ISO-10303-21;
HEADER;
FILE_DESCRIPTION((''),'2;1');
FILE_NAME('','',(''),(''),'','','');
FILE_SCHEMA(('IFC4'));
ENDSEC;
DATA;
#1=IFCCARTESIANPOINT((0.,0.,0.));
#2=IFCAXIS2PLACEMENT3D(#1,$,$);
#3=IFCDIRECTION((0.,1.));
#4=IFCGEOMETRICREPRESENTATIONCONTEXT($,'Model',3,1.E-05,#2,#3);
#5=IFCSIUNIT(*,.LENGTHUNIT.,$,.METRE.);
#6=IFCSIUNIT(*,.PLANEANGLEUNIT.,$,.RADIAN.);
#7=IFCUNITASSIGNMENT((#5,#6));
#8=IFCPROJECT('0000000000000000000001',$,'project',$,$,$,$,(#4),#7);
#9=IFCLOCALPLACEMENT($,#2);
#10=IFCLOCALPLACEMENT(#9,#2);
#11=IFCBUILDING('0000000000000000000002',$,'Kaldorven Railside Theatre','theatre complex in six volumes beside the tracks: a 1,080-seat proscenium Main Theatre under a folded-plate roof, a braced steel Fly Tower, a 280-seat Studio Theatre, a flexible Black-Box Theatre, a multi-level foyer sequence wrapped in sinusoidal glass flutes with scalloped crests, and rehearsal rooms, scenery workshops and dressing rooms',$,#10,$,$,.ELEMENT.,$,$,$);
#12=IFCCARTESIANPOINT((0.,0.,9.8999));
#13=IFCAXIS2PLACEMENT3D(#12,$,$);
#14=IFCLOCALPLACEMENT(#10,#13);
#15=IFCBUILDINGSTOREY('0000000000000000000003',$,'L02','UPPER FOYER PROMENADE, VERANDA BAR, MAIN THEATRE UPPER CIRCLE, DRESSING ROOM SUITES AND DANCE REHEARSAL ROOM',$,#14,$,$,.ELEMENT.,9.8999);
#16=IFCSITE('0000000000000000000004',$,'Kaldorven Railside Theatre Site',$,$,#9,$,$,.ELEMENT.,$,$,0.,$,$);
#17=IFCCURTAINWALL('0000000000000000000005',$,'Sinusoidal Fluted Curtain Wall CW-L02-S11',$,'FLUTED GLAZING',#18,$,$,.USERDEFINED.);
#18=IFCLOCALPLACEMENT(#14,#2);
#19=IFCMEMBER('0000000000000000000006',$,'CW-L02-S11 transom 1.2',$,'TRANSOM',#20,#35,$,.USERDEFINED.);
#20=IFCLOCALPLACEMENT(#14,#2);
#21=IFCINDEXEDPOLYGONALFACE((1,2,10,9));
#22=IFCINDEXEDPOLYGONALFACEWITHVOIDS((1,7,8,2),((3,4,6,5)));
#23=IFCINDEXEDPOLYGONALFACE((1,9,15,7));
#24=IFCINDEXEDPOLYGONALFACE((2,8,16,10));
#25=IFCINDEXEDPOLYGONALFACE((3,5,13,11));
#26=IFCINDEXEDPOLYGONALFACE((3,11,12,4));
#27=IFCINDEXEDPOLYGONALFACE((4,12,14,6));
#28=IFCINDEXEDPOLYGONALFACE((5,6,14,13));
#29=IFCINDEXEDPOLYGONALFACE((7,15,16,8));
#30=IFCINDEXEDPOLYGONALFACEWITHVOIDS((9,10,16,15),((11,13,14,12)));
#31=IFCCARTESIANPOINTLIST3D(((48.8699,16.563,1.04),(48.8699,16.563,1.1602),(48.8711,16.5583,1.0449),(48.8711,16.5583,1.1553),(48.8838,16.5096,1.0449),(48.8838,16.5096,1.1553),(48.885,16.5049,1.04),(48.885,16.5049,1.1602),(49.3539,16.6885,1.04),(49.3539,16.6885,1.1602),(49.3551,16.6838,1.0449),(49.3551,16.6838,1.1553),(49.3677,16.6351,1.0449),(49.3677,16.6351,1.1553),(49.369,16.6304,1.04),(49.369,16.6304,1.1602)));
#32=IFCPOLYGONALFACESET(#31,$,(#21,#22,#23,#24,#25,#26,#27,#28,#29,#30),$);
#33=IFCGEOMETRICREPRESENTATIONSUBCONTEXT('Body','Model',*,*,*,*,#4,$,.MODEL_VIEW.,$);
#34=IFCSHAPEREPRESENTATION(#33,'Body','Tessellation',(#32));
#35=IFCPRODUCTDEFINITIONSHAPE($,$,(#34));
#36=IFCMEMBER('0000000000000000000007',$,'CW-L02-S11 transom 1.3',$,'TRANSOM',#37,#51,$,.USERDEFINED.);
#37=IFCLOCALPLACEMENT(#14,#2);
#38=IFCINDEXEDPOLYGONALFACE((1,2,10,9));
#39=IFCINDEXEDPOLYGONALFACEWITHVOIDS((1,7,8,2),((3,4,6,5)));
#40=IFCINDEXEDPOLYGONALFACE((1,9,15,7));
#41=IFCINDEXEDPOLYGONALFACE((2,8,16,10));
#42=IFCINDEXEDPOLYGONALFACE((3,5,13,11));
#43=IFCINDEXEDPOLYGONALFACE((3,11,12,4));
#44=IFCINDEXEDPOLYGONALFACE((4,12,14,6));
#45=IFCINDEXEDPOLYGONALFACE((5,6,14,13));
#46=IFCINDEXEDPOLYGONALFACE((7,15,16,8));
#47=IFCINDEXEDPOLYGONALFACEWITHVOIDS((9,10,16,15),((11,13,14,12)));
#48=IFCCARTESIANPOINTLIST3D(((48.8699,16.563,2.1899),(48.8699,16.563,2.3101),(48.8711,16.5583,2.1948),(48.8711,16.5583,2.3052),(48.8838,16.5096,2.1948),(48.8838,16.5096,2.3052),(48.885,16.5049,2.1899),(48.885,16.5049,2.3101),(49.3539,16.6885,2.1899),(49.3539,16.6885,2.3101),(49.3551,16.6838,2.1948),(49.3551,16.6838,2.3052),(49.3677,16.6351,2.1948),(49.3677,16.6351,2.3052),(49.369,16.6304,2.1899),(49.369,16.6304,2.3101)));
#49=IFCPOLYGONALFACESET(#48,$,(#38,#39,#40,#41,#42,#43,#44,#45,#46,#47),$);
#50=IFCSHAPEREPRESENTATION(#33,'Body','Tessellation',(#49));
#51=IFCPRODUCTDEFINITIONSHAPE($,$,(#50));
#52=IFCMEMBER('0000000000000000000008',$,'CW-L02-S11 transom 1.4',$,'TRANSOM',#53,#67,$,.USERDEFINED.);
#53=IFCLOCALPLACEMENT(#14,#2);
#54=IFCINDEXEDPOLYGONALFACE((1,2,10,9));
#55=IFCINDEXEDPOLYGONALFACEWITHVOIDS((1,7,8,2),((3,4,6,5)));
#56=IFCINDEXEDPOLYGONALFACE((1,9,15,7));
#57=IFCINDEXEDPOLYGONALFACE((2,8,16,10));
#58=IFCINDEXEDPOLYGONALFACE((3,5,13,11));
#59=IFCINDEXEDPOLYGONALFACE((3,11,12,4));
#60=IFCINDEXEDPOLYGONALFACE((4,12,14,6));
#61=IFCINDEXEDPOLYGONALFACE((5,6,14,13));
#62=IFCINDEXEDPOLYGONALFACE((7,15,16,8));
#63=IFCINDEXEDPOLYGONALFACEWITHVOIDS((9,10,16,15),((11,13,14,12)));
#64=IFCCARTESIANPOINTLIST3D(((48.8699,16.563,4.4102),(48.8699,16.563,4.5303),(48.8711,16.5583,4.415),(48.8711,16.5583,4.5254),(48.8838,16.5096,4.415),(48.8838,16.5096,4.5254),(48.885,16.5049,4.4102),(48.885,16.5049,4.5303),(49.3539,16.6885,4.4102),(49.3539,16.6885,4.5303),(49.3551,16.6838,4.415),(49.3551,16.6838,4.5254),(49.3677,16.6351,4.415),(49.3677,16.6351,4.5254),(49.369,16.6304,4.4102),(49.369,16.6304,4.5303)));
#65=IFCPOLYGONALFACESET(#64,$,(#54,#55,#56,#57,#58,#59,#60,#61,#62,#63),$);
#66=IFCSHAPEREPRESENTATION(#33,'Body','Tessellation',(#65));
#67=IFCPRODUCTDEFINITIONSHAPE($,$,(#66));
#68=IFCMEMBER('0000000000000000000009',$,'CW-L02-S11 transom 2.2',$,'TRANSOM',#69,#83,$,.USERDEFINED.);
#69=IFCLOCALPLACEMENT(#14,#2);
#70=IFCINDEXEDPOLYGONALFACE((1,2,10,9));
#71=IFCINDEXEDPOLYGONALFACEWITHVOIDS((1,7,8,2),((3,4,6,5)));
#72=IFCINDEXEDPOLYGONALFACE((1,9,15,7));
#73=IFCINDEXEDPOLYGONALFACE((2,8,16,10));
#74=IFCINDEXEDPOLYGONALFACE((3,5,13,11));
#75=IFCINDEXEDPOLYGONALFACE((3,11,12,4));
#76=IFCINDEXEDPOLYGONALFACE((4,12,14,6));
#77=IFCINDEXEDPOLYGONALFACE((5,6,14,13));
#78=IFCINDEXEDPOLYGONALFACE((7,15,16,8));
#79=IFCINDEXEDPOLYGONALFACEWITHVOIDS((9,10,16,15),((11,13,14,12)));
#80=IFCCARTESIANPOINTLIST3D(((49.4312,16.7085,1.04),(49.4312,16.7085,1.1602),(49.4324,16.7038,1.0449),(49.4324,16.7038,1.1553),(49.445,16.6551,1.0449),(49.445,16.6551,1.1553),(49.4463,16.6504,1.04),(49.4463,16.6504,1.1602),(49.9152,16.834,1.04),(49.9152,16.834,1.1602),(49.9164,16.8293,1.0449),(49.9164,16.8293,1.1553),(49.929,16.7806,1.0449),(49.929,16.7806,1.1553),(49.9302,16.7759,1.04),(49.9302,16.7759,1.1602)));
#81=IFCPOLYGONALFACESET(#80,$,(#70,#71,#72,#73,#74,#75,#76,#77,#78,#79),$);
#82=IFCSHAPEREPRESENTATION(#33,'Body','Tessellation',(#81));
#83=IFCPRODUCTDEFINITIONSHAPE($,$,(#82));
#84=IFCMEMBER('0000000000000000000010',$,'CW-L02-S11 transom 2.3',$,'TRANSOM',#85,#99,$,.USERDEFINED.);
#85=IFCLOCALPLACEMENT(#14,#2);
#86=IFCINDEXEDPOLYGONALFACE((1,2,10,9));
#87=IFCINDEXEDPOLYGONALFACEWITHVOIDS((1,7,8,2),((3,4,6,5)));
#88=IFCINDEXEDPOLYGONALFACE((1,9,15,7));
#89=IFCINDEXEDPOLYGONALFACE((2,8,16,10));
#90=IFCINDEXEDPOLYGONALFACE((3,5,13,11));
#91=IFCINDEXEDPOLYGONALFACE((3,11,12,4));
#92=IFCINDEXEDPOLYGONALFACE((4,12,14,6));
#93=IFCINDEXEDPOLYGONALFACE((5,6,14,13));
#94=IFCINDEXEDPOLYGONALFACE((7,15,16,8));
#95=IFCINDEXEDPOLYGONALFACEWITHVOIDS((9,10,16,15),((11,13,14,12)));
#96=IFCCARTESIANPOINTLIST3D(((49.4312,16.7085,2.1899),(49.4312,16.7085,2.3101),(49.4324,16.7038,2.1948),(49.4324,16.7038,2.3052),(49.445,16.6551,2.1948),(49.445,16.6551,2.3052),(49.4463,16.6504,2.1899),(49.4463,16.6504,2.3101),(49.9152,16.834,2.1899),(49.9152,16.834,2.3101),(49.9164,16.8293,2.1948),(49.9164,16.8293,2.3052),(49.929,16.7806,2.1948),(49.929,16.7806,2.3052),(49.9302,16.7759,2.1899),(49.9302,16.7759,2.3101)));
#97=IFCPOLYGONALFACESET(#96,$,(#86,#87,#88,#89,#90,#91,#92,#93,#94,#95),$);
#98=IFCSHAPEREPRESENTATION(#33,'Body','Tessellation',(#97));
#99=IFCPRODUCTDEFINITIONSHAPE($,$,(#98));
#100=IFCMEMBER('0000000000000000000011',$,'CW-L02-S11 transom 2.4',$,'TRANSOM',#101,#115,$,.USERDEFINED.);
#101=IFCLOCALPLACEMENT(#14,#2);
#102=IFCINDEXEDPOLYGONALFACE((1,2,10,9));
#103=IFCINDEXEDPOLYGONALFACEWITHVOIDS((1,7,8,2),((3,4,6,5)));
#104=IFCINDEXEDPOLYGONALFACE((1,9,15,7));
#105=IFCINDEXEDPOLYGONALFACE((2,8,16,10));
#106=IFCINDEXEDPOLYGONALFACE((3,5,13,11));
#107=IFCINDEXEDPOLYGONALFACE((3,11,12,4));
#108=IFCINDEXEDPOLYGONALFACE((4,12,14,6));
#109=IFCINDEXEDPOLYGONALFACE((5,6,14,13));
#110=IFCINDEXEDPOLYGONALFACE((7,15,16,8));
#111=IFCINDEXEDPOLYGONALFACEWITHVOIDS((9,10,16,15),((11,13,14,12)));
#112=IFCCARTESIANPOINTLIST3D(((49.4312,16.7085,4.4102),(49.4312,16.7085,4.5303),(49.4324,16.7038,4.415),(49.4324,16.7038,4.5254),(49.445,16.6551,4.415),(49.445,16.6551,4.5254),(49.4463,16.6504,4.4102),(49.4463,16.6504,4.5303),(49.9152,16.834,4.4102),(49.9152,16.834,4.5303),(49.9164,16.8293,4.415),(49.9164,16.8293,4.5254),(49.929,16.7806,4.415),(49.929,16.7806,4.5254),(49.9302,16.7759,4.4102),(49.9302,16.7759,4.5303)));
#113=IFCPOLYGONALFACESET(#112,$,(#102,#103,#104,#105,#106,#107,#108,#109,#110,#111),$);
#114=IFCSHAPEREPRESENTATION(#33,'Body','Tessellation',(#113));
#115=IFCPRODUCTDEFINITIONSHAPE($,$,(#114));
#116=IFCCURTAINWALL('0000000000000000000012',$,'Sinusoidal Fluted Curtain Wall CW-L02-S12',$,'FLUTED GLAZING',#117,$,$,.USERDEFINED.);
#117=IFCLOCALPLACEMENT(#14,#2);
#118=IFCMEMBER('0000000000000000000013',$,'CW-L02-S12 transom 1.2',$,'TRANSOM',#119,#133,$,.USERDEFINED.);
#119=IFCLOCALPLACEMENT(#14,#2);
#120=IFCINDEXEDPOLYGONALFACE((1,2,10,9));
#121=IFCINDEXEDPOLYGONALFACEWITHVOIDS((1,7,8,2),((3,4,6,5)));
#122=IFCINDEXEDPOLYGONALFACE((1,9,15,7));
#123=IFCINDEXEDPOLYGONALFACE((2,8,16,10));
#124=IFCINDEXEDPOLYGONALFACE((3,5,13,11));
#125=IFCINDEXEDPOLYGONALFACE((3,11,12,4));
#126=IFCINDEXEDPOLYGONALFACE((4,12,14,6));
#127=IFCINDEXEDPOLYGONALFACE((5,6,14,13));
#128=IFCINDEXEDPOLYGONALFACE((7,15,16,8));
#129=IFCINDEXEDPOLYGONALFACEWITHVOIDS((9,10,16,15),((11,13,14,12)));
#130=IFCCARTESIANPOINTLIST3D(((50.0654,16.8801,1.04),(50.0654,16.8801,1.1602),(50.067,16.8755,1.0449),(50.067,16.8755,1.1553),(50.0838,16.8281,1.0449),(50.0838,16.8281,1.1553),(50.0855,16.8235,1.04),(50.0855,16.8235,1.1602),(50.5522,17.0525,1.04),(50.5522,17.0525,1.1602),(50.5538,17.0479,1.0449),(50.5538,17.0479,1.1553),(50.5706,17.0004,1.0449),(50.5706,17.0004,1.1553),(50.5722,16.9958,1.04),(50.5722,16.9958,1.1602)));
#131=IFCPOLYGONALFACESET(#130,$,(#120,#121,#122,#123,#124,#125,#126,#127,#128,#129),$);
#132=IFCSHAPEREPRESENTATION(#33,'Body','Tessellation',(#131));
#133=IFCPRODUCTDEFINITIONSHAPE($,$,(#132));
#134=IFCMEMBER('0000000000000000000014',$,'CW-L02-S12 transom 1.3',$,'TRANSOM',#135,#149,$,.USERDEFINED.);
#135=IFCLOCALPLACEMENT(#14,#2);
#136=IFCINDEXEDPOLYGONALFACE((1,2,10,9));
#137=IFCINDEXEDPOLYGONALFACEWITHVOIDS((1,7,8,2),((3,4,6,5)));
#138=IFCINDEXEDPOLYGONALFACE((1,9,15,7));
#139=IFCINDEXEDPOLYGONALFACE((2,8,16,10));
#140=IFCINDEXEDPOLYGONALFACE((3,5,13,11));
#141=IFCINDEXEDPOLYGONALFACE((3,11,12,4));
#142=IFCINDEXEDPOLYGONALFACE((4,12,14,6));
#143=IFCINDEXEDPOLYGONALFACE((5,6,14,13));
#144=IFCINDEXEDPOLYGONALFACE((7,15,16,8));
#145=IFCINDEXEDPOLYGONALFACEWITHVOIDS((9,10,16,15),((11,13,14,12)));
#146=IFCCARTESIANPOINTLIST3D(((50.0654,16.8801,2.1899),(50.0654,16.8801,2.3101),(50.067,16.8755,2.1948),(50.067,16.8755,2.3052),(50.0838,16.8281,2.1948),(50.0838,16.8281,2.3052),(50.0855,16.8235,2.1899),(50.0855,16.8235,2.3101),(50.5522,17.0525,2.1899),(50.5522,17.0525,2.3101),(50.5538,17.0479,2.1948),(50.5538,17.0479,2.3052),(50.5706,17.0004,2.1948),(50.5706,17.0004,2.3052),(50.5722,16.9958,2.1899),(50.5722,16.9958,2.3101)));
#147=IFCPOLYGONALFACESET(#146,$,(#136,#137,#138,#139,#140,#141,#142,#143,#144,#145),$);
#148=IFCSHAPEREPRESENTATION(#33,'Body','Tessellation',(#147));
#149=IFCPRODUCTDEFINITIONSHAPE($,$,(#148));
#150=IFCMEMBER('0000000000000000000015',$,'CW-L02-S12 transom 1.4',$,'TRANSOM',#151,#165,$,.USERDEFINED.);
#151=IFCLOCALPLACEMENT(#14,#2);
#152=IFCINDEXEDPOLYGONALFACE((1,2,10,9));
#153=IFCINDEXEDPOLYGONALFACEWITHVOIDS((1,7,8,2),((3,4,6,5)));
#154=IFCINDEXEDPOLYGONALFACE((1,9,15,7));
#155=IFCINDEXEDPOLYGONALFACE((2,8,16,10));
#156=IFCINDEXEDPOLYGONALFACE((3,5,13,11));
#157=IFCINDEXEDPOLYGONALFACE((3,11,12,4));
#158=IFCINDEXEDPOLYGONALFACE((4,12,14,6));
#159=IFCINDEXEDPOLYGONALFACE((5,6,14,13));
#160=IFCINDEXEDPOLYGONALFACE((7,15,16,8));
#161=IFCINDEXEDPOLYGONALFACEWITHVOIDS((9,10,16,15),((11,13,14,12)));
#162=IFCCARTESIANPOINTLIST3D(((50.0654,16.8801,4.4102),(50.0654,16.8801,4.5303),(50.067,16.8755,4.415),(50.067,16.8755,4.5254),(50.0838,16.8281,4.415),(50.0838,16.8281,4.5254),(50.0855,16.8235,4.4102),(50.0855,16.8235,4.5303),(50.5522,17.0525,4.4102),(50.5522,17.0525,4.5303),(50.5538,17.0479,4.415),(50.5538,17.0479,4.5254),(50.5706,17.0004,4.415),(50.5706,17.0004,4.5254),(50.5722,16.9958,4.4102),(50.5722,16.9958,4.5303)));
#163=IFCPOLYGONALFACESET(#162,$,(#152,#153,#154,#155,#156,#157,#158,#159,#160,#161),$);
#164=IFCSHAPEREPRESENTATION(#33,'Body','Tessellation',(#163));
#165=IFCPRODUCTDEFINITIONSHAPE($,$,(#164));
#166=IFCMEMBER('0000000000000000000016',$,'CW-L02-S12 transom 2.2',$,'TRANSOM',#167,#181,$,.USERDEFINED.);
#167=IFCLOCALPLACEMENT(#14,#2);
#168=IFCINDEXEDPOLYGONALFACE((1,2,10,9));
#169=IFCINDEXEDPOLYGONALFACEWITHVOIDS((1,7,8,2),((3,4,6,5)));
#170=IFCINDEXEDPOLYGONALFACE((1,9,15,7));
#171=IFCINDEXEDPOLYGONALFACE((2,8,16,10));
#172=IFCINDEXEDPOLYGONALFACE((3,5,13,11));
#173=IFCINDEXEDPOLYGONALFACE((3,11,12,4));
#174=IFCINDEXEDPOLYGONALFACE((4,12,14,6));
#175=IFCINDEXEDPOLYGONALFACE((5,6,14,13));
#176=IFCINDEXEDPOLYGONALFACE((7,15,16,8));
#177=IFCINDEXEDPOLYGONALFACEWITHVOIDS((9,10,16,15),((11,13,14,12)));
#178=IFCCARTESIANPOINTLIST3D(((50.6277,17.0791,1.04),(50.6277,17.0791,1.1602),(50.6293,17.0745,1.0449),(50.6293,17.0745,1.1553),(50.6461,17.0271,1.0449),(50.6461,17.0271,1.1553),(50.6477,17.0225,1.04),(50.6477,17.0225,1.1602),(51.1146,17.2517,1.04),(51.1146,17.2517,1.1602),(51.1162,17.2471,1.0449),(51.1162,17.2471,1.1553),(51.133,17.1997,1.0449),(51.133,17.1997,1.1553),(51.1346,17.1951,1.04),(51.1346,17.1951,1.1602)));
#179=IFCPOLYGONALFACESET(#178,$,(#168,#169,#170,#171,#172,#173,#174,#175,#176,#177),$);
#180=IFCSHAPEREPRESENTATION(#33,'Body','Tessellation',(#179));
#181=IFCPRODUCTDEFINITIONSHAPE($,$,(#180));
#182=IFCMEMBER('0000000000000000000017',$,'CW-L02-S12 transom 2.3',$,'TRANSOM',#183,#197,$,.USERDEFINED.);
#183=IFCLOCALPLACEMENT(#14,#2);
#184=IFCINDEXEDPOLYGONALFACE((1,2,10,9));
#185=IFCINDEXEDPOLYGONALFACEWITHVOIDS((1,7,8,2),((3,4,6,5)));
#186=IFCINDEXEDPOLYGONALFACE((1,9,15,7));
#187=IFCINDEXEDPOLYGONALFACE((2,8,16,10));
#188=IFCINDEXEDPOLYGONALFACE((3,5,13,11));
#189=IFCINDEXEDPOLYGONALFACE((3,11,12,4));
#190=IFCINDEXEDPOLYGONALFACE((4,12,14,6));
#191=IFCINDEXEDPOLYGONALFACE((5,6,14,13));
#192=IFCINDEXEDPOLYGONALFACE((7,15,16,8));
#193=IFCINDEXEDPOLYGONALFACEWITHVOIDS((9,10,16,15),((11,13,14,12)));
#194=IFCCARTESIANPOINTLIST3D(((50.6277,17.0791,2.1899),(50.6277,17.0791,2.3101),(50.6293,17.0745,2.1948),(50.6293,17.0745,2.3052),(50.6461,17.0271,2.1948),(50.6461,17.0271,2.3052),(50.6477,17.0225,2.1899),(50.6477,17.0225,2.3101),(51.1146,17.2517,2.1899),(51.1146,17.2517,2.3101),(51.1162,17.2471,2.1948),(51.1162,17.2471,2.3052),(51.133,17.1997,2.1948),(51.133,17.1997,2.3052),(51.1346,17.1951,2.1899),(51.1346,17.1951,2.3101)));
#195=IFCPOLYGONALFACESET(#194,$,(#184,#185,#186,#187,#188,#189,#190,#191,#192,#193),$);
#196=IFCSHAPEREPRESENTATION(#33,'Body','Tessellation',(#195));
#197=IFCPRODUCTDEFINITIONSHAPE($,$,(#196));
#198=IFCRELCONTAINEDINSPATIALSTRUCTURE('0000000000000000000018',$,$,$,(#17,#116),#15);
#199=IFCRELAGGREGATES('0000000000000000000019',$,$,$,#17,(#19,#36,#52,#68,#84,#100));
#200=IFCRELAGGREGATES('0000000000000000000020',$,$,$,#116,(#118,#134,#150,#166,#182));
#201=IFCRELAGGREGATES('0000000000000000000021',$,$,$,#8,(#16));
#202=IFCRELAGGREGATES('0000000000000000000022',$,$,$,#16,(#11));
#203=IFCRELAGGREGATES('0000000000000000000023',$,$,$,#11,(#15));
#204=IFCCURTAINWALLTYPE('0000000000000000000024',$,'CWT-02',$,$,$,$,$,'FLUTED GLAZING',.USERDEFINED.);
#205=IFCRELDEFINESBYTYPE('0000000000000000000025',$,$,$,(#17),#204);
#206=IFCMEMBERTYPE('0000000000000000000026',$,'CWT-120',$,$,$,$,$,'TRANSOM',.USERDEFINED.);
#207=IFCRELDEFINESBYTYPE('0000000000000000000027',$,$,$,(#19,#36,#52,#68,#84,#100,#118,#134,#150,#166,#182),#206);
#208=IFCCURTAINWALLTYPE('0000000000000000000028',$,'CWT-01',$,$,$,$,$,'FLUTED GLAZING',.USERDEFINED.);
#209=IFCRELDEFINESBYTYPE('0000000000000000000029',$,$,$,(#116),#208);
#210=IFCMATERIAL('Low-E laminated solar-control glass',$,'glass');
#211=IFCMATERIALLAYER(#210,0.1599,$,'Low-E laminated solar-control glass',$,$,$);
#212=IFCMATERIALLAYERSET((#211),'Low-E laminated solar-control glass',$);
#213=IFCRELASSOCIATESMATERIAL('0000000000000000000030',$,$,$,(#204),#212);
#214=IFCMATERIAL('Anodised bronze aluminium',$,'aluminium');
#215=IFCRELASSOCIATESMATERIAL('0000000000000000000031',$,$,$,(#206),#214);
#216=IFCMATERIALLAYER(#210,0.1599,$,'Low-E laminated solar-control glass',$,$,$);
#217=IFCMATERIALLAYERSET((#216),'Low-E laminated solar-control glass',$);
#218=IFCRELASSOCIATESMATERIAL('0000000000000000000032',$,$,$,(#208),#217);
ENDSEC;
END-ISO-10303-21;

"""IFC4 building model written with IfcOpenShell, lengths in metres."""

from ifc_helpers import new_model, si_unit, direction, frame, origin, origin_2d, place, context, subcontext, project, spatial, hollow_rectangle, extrude, material, layer, layer_set, material_profile, profile_set, type_object, element, aggregate, save


model = new_model("IFC4")

# Units and contexts
model_context = context("Model", 3, precision=1e-05, world=origin(), true_north=direction((0.0, 1.0)))
body_context = subcontext(model_context, "Body", "Model", "MODEL_VIEW")
ifc_project = project(units=[si_unit("LENGTHUNIT", "METRE"), si_unit("PLANEANGLEUNIT", "RADIAN")], contexts=[model_context])

# Site, building, storey
site_placement = place(None, origin())
site = spatial("IfcSite", under=ifc_project, at=site_placement, Name="Kaldorven Railside Theatre Site", CompositionType="ELEMENT", RefElevation=0.0)
building_placement = place(site_placement, origin())
building = spatial("IfcBuilding", under=site, at=building_placement, Name="Kaldorven Railside Theatre", Description="theatre complex in six volumes beside the tracks: a 1,080-seat proscenium Main Theatre under a folded-plate roof, a braced steel Fly Tower, a 280-seat Studio Theatre, a flexible Black-Box Theatre, a multi-level foyer sequence wrapped in sinusoidal glass flutes with scalloped crests, and rehearsal rooms, scenery workshops and dressing rooms", CompositionType="ELEMENT")
storey_placement = place(building_placement, frame((0.0, 0.0, 9.8999)))
storey = spatial("IfcBuildingStorey", under=building, at=storey_placement, Name="L02", Description="UPPER FOYER PROMENADE, VERANDA BAR, MAIN THEATRE UPPER CIRCLE, DRESSING ROOM SUITES AND DANCE REHEARSAL ROOM", CompositionType="ELEMENT", Elevation=9.8999)

# Curtain walls, members
ifc_material_1 = material(Name="Low-E laminated solar-control glass", Category="glass")
ifc_layer_1 = layer(ifc_material_1, 0.1599, Name="Low-E laminated solar-control glass")
ifc_layer_set_1 = layer_set([ifc_layer_1], Name="Low-E laminated solar-control glass")
curtain_wall_type_1 = type_object("IfcCurtainWallType", Name="CWT-02", ElementType="FLUTED GLAZING", PredefinedType="USERDEFINED", material=ifc_layer_set_1)
curtain_wall_1_placement = place(storey_placement, origin())
curtain_wall_1 = element("IfcCurtainWall", 1, at=curtain_wall_1_placement, inside=storey, type_object=curtain_wall_type_1, Name="Sinusoidal Fluted Curtain Wall CW-L02-S11", ObjectType="FLUTED GLAZING", PredefinedType="USERDEFINED")
ifc_material_2 = material(Name="Anodised bronze aluminium", Category="aluminium")
ifc_material_profile = material_profile(ifc_material_2, hollow_rectangle(XDim=0.0601, YDim=0.1201, WallThickness=0.0049, at=origin_2d()), Name="RHS 120x60x5")
ifc_profile_set = profile_set([ifc_material_profile], Name="Anodised bronze aluminium")
member_type = type_object("IfcMemberType", Name="CWT-120", ElementType="TRANSOM", PredefinedType="USERDEFINED", material=ifc_profile_set)
member_1_placement = place(storey_placement, frame((48.8774, 16.5339, 1.1001), z_axis=(0.967979, 0.25103, 0.0), x_axis=(-0.25103, 0.967979, 0.0)))
member_1 = element("IfcMember", 2, at=member_1_placement, type_object=member_type, Name="CW-L02-S11 transom 1.2", ObjectType="TRANSOM", PredefinedType="USERDEFINED", context=body_context, shape_type="SweptSolid", body=[
    extrude(hollow_rectangle(XDim=0.0601, YDim=0.1201, WallThickness=0.0049, at=origin_2d()), origin(), (0.0, 0.0, 1.0), 0.5),
])
member_2_placement = place(storey_placement, frame((48.8774, 16.5339, 2.25), z_axis=(0.967979, 0.25103, 0.0), x_axis=(-0.25103, 0.967979, 0.0)))
member_2 = element("IfcMember", 3, at=member_2_placement, type_object=member_type, Name="CW-L02-S11 transom 1.3", ObjectType="TRANSOM", PredefinedType="USERDEFINED", context=body_context, shape_type="SweptSolid", body=[
    extrude(hollow_rectangle(XDim=0.0601, YDim=0.1201, WallThickness=0.0049, at=origin_2d()), origin(), (0.0, 0.0, 1.0), 0.5),
])
member_3_placement = place(storey_placement, frame((48.8774, 16.5339, 4.4702), z_axis=(0.967979, 0.25103, 0.0), x_axis=(-0.25103, 0.967979, 0.0)))
member_3 = element("IfcMember", 4, at=member_3_placement, type_object=member_type, Name="CW-L02-S11 transom 1.4", ObjectType="TRANSOM", PredefinedType="USERDEFINED", context=body_context, shape_type="SweptSolid", body=[
    extrude(hollow_rectangle(XDim=0.0601, YDim=0.1201, WallThickness=0.0049, at=origin_2d()), origin(), (0.0, 0.0, 1.0), 0.5),
])
member_4_placement = place(storey_placement, frame((49.4387, 16.6794, 1.1001), z_axis=(0.967979, 0.25103, 0.0), x_axis=(-0.25103, 0.967979, 0.0)))
member_4 = element("IfcMember", 5, at=member_4_placement, type_object=member_type, Name="CW-L02-S11 transom 2.2", ObjectType="TRANSOM", PredefinedType="USERDEFINED", context=body_context, shape_type="SweptSolid", body=[
    extrude(hollow_rectangle(XDim=0.0601, YDim=0.1201, WallThickness=0.0049, at=origin_2d()), origin(), (0.0, 0.0, 1.0), 0.5),
])
member_5_placement = place(storey_placement, frame((49.4387, 16.6794, 2.25), z_axis=(0.967979, 0.25103, 0.0), x_axis=(-0.25103, 0.967979, 0.0)))
member_5 = element("IfcMember", 6, at=member_5_placement, type_object=member_type, Name="CW-L02-S11 transom 2.3", ObjectType="TRANSOM", PredefinedType="USERDEFINED", context=body_context, shape_type="SweptSolid", body=[
    extrude(hollow_rectangle(XDim=0.0601, YDim=0.1201, WallThickness=0.0049, at=origin_2d()), origin(), (0.0, 0.0, 1.0), 0.5),
])
member_6_placement = place(storey_placement, frame((49.4387, 16.6794, 4.4702), z_axis=(0.967979, 0.25103, 0.0), x_axis=(-0.25103, 0.967979, 0.0)))
member_6 = element("IfcMember", 7, at=member_6_placement, type_object=member_type, Name="CW-L02-S11 transom 2.4", ObjectType="TRANSOM", PredefinedType="USERDEFINED", context=body_context, shape_type="SweptSolid", body=[
    extrude(hollow_rectangle(XDim=0.0601, YDim=0.1201, WallThickness=0.0049, at=origin_2d()), origin(), (0.0, 0.0, 1.0), 0.5),
])
ifc_layer_2 = layer(ifc_material_1, 0.1599, Name="Low-E laminated solar-control glass")
ifc_layer_set_2 = layer_set([ifc_layer_2], Name="Low-E laminated solar-control glass")
curtain_wall_type_2 = type_object("IfcCurtainWallType", Name="CWT-01", ElementType="FLUTED GLAZING", PredefinedType="USERDEFINED", material=ifc_layer_set_2)
curtain_wall_2_placement = place(storey_placement, origin())
curtain_wall_2 = element("IfcCurtainWall", 8, at=curtain_wall_2_placement, inside=storey, type_object=curtain_wall_type_2, Name="Sinusoidal Fluted Curtain Wall CW-L02-S12", ObjectType="FLUTED GLAZING", PredefinedType="USERDEFINED")
member_7_placement = place(storey_placement, frame((50.0754, 16.8518, 1.1001), z_axis=(0.942658, 0.33376, 0.0), x_axis=(-0.33376, 0.942658, 0.0)))
member_7 = element("IfcMember", 9, at=member_7_placement, type_object=member_type, Name="CW-L02-S12 transom 1.2", ObjectType="TRANSOM", PredefinedType="USERDEFINED", context=body_context, shape_type="SweptSolid", body=[
    extrude(hollow_rectangle(XDim=0.0601, YDim=0.1201, WallThickness=0.0049, at=origin_2d()), origin(), (0.0, 0.0, 1.0), 0.5164),
])
member_8_placement = place(storey_placement, frame((50.0754, 16.8518, 2.25), z_axis=(0.942658, 0.33376, 0.0), x_axis=(-0.33376, 0.942658, 0.0)))
member_8 = element("IfcMember", 10, at=member_8_placement, type_object=member_type, Name="CW-L02-S12 transom 1.3", ObjectType="TRANSOM", PredefinedType="USERDEFINED", context=body_context, shape_type="SweptSolid", body=[
    extrude(hollow_rectangle(XDim=0.0601, YDim=0.1201, WallThickness=0.0049, at=origin_2d()), origin(), (0.0, 0.0, 1.0), 0.5164),
])
member_9_placement = place(storey_placement, frame((50.0754, 16.8518, 4.4702), z_axis=(0.942658, 0.33376, 0.0), x_axis=(-0.33376, 0.942658, 0.0)))
member_9 = element("IfcMember", 11, at=member_9_placement, type_object=member_type, Name="CW-L02-S12 transom 1.4", ObjectType="TRANSOM", PredefinedType="USERDEFINED", context=body_context, shape_type="SweptSolid", body=[
    extrude(hollow_rectangle(XDim=0.0601, YDim=0.1201, WallThickness=0.0049, at=origin_2d()), origin(), (0.0, 0.0, 1.0), 0.5164),
])
member_10_placement = place(storey_placement, frame((50.6377, 17.0508, 1.1001), z_axis=(0.942509, 0.33418, 0.0), x_axis=(-0.33418, 0.942509, 0.0)))
member_10 = element("IfcMember", 12, at=member_10_placement, type_object=member_type, Name="CW-L02-S12 transom 2.2", ObjectType="TRANSOM", PredefinedType="USERDEFINED", context=body_context, shape_type="SweptSolid", body=[
    extrude(hollow_rectangle(XDim=0.0601, YDim=0.1201, WallThickness=0.0049, at=origin_2d()), origin(), (0.0, 0.0, 1.0), 0.5166),
])
member_11_placement = place(storey_placement, frame((50.6377, 17.0508, 2.25), z_axis=(0.942509, 0.33418, 0.0), x_axis=(-0.33418, 0.942509, 0.0)))
member_11 = element("IfcMember", 13, at=member_11_placement, type_object=member_type, Name="CW-L02-S12 transom 2.3", ObjectType="TRANSOM", PredefinedType="USERDEFINED", context=body_context, shape_type="SweptSolid", body=[
    extrude(hollow_rectangle(XDim=0.0601, YDim=0.1201, WallThickness=0.0049, at=origin_2d()), origin(), (0.0, 0.0, 1.0), 0.5166),
])

aggregate(curtain_wall_1, [member_1, member_2, member_3, member_4, member_5, member_6])
aggregate(curtain_wall_2, [member_7, member_8, member_9, member_10, member_11])

save(model, "model.ifc")
